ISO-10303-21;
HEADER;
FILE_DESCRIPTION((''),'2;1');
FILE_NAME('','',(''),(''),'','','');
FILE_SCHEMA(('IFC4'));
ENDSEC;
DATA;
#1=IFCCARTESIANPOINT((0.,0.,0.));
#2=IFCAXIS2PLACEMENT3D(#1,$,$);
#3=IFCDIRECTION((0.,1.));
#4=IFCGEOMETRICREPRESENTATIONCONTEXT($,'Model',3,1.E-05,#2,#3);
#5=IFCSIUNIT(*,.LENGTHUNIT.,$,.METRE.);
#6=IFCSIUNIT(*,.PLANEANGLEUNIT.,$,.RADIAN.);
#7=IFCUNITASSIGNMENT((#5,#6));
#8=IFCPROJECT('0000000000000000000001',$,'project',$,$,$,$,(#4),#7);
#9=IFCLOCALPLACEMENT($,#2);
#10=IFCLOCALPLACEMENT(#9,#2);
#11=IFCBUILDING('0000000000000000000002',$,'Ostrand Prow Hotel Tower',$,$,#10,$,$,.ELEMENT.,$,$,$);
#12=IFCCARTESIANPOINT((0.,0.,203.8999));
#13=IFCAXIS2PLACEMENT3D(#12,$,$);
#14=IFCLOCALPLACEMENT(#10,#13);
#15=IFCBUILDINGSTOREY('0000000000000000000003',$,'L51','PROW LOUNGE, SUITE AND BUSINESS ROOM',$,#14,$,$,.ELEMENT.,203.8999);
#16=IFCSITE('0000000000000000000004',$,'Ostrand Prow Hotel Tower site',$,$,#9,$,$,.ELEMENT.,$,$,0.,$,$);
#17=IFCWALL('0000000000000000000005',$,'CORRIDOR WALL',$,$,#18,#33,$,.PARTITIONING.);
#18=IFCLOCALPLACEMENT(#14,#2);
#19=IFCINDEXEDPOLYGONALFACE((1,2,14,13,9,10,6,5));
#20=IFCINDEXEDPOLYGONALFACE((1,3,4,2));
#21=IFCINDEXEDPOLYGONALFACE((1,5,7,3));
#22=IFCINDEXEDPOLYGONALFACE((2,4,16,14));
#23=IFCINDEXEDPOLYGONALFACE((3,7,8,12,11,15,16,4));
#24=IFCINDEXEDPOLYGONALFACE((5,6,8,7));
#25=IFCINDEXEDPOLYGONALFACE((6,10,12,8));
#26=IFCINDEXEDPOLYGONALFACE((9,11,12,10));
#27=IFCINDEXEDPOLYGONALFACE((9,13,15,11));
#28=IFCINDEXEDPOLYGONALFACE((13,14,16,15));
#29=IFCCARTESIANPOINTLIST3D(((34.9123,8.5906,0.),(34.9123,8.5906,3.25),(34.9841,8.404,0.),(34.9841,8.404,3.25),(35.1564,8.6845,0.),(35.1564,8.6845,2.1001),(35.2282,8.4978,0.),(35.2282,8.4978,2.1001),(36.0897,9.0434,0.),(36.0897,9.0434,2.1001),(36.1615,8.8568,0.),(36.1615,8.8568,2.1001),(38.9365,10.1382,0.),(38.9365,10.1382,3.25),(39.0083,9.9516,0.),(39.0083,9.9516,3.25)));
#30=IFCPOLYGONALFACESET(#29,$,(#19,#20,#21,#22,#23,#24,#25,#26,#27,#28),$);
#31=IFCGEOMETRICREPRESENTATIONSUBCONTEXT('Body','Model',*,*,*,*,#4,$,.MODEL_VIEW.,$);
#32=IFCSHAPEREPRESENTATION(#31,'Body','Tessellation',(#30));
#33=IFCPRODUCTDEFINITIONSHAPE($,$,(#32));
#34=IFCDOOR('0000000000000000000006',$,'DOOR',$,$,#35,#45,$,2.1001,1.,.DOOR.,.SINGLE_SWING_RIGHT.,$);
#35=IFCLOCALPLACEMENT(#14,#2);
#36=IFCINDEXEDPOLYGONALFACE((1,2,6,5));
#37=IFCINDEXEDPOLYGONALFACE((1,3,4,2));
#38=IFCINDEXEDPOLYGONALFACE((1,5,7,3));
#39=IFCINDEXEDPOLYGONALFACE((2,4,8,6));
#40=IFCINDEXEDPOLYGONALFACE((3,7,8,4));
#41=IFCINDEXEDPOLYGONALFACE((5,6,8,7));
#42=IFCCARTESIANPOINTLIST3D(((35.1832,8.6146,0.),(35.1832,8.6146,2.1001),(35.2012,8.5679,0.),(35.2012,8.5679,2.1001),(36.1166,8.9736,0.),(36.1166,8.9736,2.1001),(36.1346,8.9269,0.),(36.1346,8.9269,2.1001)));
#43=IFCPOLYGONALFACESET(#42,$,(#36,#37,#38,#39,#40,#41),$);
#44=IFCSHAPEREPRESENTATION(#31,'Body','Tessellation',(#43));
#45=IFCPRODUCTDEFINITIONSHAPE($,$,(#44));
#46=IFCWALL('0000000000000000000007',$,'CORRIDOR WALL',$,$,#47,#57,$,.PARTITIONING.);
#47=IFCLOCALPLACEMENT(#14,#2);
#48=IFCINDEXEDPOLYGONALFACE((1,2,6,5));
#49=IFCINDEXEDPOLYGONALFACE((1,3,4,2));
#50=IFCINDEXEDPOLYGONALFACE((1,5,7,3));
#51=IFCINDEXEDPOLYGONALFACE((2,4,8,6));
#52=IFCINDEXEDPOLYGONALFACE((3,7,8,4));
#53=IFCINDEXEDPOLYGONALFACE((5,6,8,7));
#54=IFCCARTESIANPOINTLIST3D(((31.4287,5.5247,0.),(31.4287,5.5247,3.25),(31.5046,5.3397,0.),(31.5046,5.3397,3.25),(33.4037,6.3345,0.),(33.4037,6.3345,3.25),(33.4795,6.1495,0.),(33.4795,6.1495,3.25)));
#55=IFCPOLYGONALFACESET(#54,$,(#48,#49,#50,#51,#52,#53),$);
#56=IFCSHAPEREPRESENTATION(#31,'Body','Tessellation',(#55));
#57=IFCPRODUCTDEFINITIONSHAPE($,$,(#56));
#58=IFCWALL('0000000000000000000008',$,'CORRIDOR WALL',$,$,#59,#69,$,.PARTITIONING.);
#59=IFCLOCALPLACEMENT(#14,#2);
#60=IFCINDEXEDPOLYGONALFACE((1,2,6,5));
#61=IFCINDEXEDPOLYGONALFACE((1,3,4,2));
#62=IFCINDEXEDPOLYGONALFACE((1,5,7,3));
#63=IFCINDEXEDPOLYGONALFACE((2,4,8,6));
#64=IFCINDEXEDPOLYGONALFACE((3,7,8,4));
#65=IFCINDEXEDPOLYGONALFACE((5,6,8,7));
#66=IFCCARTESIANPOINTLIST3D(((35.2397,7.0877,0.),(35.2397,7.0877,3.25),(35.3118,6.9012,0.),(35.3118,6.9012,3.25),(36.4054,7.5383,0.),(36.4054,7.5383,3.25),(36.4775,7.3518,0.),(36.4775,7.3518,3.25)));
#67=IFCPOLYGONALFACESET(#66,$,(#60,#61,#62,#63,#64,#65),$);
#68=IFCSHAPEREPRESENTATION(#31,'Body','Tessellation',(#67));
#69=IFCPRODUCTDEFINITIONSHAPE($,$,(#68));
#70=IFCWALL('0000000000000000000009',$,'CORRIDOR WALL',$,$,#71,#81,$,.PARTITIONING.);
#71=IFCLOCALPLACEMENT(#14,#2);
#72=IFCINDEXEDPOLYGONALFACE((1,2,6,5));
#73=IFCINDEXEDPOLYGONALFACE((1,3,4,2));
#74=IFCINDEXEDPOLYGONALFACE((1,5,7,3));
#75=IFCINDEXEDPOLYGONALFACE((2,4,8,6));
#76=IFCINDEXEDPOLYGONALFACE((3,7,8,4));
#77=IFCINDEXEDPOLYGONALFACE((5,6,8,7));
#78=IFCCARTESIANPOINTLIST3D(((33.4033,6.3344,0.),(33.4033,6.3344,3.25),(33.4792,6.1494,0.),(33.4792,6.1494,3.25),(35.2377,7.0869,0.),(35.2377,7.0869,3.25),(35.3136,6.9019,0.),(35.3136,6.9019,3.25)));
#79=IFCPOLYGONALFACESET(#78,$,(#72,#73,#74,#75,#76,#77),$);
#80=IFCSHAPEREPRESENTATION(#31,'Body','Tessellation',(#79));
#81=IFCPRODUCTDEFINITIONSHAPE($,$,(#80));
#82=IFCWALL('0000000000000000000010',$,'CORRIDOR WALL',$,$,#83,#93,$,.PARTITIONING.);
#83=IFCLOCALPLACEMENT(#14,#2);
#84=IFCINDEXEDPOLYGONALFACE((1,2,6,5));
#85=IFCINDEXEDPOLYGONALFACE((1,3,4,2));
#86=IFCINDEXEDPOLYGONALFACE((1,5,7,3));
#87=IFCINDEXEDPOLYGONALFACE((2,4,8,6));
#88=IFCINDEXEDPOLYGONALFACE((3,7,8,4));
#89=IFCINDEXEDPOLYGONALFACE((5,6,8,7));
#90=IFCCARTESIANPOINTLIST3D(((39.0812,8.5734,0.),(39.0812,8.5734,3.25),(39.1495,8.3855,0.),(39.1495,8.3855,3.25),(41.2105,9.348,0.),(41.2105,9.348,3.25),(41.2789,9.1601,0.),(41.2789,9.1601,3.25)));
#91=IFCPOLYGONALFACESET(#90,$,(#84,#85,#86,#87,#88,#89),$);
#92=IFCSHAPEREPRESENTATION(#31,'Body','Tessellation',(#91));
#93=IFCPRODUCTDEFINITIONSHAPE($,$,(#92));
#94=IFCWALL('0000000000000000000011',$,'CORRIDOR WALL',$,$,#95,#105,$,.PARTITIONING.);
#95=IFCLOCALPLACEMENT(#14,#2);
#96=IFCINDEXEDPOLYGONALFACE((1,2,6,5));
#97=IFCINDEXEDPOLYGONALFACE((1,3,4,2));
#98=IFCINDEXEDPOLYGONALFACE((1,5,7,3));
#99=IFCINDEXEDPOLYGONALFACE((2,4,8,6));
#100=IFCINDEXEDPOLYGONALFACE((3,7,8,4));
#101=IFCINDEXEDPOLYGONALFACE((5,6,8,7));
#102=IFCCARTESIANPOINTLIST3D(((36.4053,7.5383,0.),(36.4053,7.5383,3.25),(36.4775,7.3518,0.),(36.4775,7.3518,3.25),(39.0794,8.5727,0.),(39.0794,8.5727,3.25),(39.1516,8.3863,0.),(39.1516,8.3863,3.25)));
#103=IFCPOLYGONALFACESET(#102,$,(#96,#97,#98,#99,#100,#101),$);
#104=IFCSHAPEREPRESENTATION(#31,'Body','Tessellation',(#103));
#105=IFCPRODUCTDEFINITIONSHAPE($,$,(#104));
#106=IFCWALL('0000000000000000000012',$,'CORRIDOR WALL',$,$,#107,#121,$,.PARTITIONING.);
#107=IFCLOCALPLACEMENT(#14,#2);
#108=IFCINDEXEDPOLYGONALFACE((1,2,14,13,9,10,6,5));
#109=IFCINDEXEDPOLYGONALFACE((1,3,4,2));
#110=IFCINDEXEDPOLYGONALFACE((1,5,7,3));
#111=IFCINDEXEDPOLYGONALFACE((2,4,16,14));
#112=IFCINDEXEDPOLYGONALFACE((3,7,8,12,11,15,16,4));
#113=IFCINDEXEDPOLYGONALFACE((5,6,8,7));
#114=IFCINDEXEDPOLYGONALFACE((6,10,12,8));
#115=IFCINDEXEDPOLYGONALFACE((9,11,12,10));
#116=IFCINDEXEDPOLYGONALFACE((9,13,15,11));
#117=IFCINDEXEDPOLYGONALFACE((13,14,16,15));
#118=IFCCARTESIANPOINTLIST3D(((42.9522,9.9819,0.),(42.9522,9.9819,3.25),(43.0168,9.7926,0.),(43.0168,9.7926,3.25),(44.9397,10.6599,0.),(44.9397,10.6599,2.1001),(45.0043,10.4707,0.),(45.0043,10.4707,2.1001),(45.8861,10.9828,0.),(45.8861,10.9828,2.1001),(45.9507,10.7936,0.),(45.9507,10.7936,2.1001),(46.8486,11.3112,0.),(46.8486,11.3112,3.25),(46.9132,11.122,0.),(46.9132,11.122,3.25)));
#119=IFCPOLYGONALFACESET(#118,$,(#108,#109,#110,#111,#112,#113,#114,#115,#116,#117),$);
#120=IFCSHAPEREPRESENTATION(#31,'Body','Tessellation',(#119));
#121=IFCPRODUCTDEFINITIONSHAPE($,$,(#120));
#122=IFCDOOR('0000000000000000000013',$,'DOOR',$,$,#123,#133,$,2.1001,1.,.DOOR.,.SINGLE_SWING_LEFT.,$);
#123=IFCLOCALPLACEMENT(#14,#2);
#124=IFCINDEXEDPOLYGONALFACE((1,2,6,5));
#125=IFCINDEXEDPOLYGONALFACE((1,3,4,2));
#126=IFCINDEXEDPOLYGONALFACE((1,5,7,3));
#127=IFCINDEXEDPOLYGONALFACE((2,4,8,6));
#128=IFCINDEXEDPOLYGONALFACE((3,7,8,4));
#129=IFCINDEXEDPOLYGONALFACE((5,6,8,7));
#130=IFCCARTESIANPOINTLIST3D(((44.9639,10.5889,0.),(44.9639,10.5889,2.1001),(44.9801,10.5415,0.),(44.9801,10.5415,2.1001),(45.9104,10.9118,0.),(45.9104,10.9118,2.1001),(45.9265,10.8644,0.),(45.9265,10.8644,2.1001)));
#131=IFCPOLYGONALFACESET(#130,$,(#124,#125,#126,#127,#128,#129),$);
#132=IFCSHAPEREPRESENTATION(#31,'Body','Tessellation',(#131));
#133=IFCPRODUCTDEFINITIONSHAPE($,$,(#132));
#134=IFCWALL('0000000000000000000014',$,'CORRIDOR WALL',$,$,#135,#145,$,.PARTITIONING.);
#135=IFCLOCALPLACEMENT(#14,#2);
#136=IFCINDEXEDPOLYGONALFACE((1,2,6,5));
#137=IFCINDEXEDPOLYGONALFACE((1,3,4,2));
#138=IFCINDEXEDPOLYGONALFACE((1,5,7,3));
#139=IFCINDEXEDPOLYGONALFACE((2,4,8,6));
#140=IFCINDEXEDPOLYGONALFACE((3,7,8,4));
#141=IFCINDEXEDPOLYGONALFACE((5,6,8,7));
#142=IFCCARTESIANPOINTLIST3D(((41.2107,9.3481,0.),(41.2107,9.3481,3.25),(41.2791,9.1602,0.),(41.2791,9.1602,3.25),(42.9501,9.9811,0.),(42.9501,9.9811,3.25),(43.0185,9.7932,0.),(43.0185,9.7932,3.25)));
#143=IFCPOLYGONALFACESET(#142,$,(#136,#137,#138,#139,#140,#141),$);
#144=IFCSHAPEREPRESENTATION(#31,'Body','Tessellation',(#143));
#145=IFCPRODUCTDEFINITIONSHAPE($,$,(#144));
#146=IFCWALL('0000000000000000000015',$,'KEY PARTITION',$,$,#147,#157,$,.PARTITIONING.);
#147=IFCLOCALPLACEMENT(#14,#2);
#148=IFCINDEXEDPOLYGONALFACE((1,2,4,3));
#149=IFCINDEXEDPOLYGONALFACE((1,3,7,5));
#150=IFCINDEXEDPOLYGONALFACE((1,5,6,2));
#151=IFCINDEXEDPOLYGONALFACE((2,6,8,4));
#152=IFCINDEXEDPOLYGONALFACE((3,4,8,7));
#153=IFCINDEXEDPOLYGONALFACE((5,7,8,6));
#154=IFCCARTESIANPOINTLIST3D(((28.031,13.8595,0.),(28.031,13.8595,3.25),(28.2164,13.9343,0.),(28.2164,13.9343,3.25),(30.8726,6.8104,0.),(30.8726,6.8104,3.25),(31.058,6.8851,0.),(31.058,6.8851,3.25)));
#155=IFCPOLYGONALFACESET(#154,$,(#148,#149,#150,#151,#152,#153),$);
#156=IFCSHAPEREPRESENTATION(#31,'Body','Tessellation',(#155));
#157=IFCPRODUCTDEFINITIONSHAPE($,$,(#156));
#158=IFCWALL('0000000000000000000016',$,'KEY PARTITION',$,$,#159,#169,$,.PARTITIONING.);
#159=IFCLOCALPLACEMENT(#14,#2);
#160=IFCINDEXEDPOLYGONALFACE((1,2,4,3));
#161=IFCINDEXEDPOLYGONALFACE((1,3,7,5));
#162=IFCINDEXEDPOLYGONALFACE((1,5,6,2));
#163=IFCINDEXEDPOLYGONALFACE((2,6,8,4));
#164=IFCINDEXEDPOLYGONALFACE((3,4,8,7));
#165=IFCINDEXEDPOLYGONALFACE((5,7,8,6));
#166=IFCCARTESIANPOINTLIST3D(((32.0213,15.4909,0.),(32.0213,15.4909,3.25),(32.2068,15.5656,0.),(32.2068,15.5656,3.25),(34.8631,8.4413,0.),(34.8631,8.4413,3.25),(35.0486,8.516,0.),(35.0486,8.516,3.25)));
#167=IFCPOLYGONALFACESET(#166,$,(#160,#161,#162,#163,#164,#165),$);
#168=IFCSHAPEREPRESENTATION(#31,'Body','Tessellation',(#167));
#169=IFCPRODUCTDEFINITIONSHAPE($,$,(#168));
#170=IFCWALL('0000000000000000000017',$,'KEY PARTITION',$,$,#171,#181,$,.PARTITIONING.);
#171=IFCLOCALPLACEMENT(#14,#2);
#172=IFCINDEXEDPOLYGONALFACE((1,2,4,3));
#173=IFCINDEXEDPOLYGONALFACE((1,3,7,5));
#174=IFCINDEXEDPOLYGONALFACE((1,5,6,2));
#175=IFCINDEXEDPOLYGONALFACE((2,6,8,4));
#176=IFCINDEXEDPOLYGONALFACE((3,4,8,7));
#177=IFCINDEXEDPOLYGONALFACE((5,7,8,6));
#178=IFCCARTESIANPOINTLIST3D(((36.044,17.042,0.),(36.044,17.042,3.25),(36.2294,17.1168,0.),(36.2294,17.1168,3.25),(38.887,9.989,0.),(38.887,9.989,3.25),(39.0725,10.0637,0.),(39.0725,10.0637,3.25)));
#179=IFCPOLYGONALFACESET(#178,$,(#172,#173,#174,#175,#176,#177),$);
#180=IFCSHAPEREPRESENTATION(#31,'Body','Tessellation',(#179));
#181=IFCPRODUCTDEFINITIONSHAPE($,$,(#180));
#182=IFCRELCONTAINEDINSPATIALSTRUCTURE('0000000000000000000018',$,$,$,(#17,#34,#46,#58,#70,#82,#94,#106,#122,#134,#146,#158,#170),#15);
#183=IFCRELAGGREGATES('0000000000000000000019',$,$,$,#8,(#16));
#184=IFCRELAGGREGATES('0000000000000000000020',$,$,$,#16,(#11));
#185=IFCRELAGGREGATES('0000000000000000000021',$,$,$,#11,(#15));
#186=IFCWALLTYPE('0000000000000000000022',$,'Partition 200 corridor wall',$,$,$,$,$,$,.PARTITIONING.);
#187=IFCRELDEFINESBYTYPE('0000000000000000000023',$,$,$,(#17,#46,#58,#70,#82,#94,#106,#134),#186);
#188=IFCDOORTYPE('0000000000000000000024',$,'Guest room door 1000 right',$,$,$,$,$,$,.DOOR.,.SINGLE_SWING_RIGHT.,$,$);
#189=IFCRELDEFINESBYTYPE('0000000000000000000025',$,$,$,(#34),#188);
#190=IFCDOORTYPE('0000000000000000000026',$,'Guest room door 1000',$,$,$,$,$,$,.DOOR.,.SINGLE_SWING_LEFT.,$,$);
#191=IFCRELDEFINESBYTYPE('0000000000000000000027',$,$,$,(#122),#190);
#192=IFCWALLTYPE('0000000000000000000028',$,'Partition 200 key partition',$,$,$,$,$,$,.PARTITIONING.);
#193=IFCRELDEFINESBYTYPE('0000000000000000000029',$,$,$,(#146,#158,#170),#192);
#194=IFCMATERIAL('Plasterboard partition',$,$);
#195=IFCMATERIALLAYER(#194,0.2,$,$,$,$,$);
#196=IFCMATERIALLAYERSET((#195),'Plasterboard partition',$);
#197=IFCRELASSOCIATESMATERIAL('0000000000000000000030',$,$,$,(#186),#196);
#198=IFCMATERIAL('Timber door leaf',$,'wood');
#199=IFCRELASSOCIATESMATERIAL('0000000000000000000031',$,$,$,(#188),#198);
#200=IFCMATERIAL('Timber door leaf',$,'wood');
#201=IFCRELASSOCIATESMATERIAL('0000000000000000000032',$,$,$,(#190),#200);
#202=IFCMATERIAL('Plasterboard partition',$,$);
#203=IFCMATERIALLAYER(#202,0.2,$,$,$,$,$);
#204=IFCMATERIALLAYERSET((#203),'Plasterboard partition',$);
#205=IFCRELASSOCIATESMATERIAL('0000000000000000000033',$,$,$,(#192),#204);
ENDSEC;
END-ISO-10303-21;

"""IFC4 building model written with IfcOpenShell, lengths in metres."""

from ifc_helpers import new_model, si_unit, direction, frame, frame_2d, origin, place, context, subcontext, project, spatial, rectangle, extrude, material, layer, layer_set, type_object, element, fill, save


model = new_model("IFC4")

# Units and contexts
model_context = context("Model", 3, precision=1e-05, world=origin(), true_north=direction((0.0, 1.0)))
body_context = subcontext(model_context, "Body", "Model", "MODEL_VIEW")
ifc_project = project(units=[si_unit("LENGTHUNIT", "METRE"), si_unit("PLANEANGLEUNIT", "RADIAN")], contexts=[model_context])

# Site, building, storey
site_placement = place(None, origin())
site = spatial("IfcSite", under=ifc_project, at=site_placement, Name="Ostrand Prow Hotel Tower site", CompositionType="ELEMENT", RefElevation=0.0)
building_placement = place(site_placement, origin())
building = spatial("IfcBuilding", under=site, at=building_placement, Name="Ostrand Prow Hotel Tower", CompositionType="ELEMENT")
storey_placement = place(building_placement, frame((0.0, 0.0, 203.8999)))
storey = spatial("IfcBuildingStorey", under=building, at=storey_placement, Name="L51", Description="PROW LOUNGE, SUITE AND BUSINESS ROOM", CompositionType="ELEMENT", Elevation=203.8999)

# Wall, opening, door
ifc_material_1 = material(Name="Plasterboard partition")
ifc_layer_1 = layer(ifc_material_1, 0.2)
ifc_layer_set_1 = layer_set([ifc_layer_1], Name="Plasterboard partition")
wall_type_1 = type_object("IfcWallType", Name="Partition 200 corridor wall", PredefinedType="PARTITIONING", material=ifc_layer_set_1)
ifc_material_2 = material(Name="Timber door leaf", Category="wood")
door_type_1 = type_object("IfcDoorType", Name="Guest room door 1000 right", OperationType="SINGLE_SWING_RIGHT", PredefinedType="DOOR", material=ifc_material_2)
wall_1_placement = place(storey_placement, frame((38.9724, 10.0449, 0.0), z_axis=(0.0, 0.0, 1.0), x_axis=(-0.933357, -0.358949, 0.0)))
wall_1 = element("IfcWall", 1, at=wall_1_placement, inside=storey, type_object=wall_type_1, Name="CORRIDOR WALL", PredefinedType="PARTITIONING", context=body_context, shape_type="SweptSolid", body=[
    extrude(rectangle(XDim=4.3115, YDim=0.2, at=frame_2d((2.1558, 0.0))), origin(), (0.0, 0.0, 1.0), 3.25),
])
opening_1_placement = place(wall_1_placement, frame((3.05, 0.0, 0.0)))
opening_1 = element("IfcOpeningElement", 2, at=opening_1_placement, cuts=wall_1, PredefinedType="OPENING", context=body_context, shape_type="SweptSolid", body=[
    extrude(rectangle(XDim=1.0, YDim=2.1001, at=frame_2d((0.5, 1.05))), frame((0.0, 0.1099, 0.0), z_axis=(0.0, -1.0, 0.0), x_axis=(1.0, 0.0, 0.0)), (0.0, 0.0, 1.0), 0.22),
])
door_1_placement = place(opening_1_placement, origin())
door_1 = element("IfcDoor", 3, at=door_1_placement, inside=storey, type_object=door_type_1, Name="DOOR", OperationType="SINGLE_SWING_RIGHT", OverallHeight=2.1001, OverallWidth=1.0, PredefinedType="DOOR", context=body_context, shape_type="SweptSolid", body=[
    extrude(rectangle(XDim=1.0, YDim=2.1001, at=frame_2d((0.5, 1.05))), frame((0.0, 0.0249, 0.0), z_axis=(0.0, -1.0, 0.0), x_axis=(1.0, 0.0, 0.0)), (0.0, 0.0, 1.0), 0.05),
])
fill(opening_1, door_1)

# Walls
wall_2_placement = place(storey_placement, frame((31.4666, 5.4321, 0.0), z_axis=(0.0, 0.0, 1.0), x_axis=(0.925231, 0.379403, 0.0)))
element("IfcWall", 4, at=wall_2_placement, inside=storey, type_object=wall_type_1, Name="CORRIDOR WALL", PredefinedType="PARTITIONING", context=body_context, shape_type="SweptSolid", body=[
    extrude(rectangle(XDim=2.1345, YDim=0.2, at=frame_2d((1.0674, 0.0))), origin(), (0.0, 0.0, 1.0), 3.25),
])
wall_3_placement = place(storey_placement, frame((35.2756, 6.9944, 0.0), z_axis=(0.0, 0.0, 1.0), x_axis=(0.932725, 0.360589, 0.0)))
element("IfcWall", 5, at=wall_3_placement, inside=storey, type_object=wall_type_1, Name="CORRIDOR WALL", PredefinedType="PARTITIONING", context=body_context, shape_type="SweptSolid", body=[
    extrude(rectangle(XDim=1.2498, YDim=0.2, at=frame_2d((0.625, 0.0))), origin(), (0.0, 0.0, 1.0), 3.25),
])
wall_4_placement = place(storey_placement, frame((33.4414, 6.2419, 0.0), z_axis=(0.0, 0.0, 1.0), x_axis=(0.92518, 0.379529, 0.0)))
element("IfcWall", 6, at=wall_4_placement, inside=storey, type_object=wall_type_1, Name="CORRIDOR WALL", PredefinedType="PARTITIONING", context=body_context, shape_type="SweptSolid", body=[
    extrude(rectangle(XDim=1.9827, YDim=0.2, at=frame_2d((0.9912, 0.0))), origin(), (0.0, 0.0, 1.0), 3.25),
])
wall_5_placement = place(storey_placement, frame((39.1155, 8.4795, 0.0), z_axis=(0.0, 0.0, 1.0), x_axis=(0.939746, 0.341873, 0.0)))
element("IfcWall", 7, at=wall_5_placement, inside=storey, type_object=wall_type_1, Name="CORRIDOR WALL", PredefinedType="PARTITIONING", context=body_context, shape_type="SweptSolid", body=[
    extrude(rectangle(XDim=2.2659, YDim=0.2, at=frame_2d((1.1328, 0.0))), origin(), (0.0, 0.0, 1.0), 3.25),
])
wall_6_placement = place(storey_placement, frame((36.4414, 7.4451, 0.0), z_axis=(0.0, 0.0, 1.0), x_axis=(0.93265, 0.360781, 0.0)))
element("IfcWall", 8, at=wall_6_placement, inside=storey, type_object=wall_type_1, Name="CORRIDOR WALL", PredefinedType="PARTITIONING", context=body_context, shape_type="SweptSolid", body=[
    extrude(rectangle(XDim=2.8672, YDim=0.2, at=frame_2d((1.4336, 0.0))), origin(), (0.0, 0.0, 1.0), 3.25),
])

# Wall, opening, door
wall_7_placement = place(storey_placement, frame((42.9844, 9.8872, 0.0), z_axis=(0.0, 0.0, 1.0), x_axis=(0.946436, 0.322891, 0.0)))
wall_7 = element("IfcWall", 9, at=wall_7_placement, inside=storey, type_object=wall_type_1, Name="CORRIDOR WALL", PredefinedType="PARTITIONING", context=body_context, shape_type="SweptSolid", body=[
    extrude(rectangle(XDim=4.1169, YDim=0.2, at=frame_2d((2.0586, 0.0))), origin(), (0.0, 0.0, 1.0), 3.25),
])
opening_2_placement = place(wall_7_placement, frame((2.1001, 0.0, 0.0)))
opening_2 = element("IfcOpeningElement", 10, at=opening_2_placement, cuts=wall_7, PredefinedType="OPENING", context=body_context, shape_type="SweptSolid", body=[
    extrude(rectangle(XDim=1.0, YDim=2.1001, at=frame_2d((0.5, 1.05))), frame((0.0, 0.1099, 0.0), z_axis=(0.0, -1.0, 0.0), x_axis=(1.0, 0.0, 0.0)), (0.0, 0.0, 1.0), 0.22),
])
ifc_material_3 = material(Name="Timber door leaf", Category="wood")
door_type_2 = type_object("IfcDoorType", Name="Guest room door 1000", OperationType="SINGLE_SWING_LEFT", PredefinedType="DOOR", material=ifc_material_3)
door_2_placement = place(opening_2_placement, origin())
door_2 = element("IfcDoor", 11, at=door_2_placement, inside=storey, type_object=door_type_2, Name="DOOR", OperationType="SINGLE_SWING_LEFT", OverallHeight=2.1001, OverallWidth=1.0, PredefinedType="DOOR", context=body_context, shape_type="SweptSolid", body=[
    extrude(rectangle(XDim=1.0, YDim=2.1001, at=frame_2d((0.5, 1.05))), frame((0.0, 0.0249, 0.0), z_axis=(0.0, -1.0, 0.0), x_axis=(1.0, 0.0, 0.0)), (0.0, 0.0, 1.0), 0.05),
])
fill(opening_2, door_2)

# Walls
wall_8_placement = place(storey_placement, frame((41.2449, 9.2542, 0.0), z_axis=(0.0, 0.0, 1.0), x_axis=(0.939705, 0.341987, 0.0)))
element("IfcWall", 12, at=wall_8_placement, inside=storey, type_object=wall_type_1, Name="CORRIDOR WALL", PredefinedType="PARTITIONING", context=body_context, shape_type="SweptSolid", body=[
    extrude(rectangle(XDim=1.8511, YDim=0.2, at=frame_2d((0.9255, 0.0))), origin(), (0.0, 0.0, 1.0), 3.25),
])
ifc_material_4 = material(Name="Plasterboard partition")
ifc_layer_2 = layer(ifc_material_4, 0.2)
ifc_layer_set_2 = layer_set([ifc_layer_2], Name="Plasterboard partition")
wall_type_2 = type_object("IfcWallType", Name="Partition 200 key partition", PredefinedType="PARTITIONING", material=ifc_layer_set_2)
wall_9_placement = place(storey_placement, frame((30.9653, 6.8477, 0.0), z_axis=(0.0, 0.0, 1.0), x_axis=(-0.373876, 0.927479, 0.0)))
element("IfcWall", 13, at=wall_9_placement, inside=storey, type_object=wall_type_2, Name="KEY PARTITION", PredefinedType="PARTITIONING", context=body_context, shape_type="SweptSolid", body=[
    extrude(rectangle(XDim=7.6003, YDim=0.2, at=frame_2d((3.8003, 0.0))), origin(), (0.0, 0.0, 1.0), 3.25),
])
wall_10_placement = place(storey_placement, frame((34.9558, 8.4788, 0.0), z_axis=(0.0, 0.0, 1.0), x_axis=(-0.373881, 0.927477, 0.0)))
element("IfcWall", 14, at=wall_10_placement, inside=storey, type_object=wall_type_2, Name="KEY PARTITION", PredefinedType="PARTITIONING", context=body_context, shape_type="SweptSolid", body=[
    extrude(rectangle(XDim=7.6008, YDim=0.2, at=frame_2d((3.8003, 0.0))), origin(), (0.0, 0.0, 1.0), 3.25),
])
wall_11_placement = place(storey_placement, frame((38.9797, 10.0264, 0.0), z_axis=(0.0, 0.0, 1.0), x_axis=(-0.373864, 0.927484, 0.0)))
element("IfcWall", 15, at=wall_11_placement, inside=storey, type_object=wall_type_2, Name="KEY PARTITION", PredefinedType="PARTITIONING", context=body_context, shape_type="SweptSolid", body=[
    extrude(rectangle(XDim=7.6045, YDim=0.2, at=frame_2d((3.8022, 0.0))), origin(), (0.0, 0.0, 1.0), 3.25),
])

save(model, "model.ifc")
